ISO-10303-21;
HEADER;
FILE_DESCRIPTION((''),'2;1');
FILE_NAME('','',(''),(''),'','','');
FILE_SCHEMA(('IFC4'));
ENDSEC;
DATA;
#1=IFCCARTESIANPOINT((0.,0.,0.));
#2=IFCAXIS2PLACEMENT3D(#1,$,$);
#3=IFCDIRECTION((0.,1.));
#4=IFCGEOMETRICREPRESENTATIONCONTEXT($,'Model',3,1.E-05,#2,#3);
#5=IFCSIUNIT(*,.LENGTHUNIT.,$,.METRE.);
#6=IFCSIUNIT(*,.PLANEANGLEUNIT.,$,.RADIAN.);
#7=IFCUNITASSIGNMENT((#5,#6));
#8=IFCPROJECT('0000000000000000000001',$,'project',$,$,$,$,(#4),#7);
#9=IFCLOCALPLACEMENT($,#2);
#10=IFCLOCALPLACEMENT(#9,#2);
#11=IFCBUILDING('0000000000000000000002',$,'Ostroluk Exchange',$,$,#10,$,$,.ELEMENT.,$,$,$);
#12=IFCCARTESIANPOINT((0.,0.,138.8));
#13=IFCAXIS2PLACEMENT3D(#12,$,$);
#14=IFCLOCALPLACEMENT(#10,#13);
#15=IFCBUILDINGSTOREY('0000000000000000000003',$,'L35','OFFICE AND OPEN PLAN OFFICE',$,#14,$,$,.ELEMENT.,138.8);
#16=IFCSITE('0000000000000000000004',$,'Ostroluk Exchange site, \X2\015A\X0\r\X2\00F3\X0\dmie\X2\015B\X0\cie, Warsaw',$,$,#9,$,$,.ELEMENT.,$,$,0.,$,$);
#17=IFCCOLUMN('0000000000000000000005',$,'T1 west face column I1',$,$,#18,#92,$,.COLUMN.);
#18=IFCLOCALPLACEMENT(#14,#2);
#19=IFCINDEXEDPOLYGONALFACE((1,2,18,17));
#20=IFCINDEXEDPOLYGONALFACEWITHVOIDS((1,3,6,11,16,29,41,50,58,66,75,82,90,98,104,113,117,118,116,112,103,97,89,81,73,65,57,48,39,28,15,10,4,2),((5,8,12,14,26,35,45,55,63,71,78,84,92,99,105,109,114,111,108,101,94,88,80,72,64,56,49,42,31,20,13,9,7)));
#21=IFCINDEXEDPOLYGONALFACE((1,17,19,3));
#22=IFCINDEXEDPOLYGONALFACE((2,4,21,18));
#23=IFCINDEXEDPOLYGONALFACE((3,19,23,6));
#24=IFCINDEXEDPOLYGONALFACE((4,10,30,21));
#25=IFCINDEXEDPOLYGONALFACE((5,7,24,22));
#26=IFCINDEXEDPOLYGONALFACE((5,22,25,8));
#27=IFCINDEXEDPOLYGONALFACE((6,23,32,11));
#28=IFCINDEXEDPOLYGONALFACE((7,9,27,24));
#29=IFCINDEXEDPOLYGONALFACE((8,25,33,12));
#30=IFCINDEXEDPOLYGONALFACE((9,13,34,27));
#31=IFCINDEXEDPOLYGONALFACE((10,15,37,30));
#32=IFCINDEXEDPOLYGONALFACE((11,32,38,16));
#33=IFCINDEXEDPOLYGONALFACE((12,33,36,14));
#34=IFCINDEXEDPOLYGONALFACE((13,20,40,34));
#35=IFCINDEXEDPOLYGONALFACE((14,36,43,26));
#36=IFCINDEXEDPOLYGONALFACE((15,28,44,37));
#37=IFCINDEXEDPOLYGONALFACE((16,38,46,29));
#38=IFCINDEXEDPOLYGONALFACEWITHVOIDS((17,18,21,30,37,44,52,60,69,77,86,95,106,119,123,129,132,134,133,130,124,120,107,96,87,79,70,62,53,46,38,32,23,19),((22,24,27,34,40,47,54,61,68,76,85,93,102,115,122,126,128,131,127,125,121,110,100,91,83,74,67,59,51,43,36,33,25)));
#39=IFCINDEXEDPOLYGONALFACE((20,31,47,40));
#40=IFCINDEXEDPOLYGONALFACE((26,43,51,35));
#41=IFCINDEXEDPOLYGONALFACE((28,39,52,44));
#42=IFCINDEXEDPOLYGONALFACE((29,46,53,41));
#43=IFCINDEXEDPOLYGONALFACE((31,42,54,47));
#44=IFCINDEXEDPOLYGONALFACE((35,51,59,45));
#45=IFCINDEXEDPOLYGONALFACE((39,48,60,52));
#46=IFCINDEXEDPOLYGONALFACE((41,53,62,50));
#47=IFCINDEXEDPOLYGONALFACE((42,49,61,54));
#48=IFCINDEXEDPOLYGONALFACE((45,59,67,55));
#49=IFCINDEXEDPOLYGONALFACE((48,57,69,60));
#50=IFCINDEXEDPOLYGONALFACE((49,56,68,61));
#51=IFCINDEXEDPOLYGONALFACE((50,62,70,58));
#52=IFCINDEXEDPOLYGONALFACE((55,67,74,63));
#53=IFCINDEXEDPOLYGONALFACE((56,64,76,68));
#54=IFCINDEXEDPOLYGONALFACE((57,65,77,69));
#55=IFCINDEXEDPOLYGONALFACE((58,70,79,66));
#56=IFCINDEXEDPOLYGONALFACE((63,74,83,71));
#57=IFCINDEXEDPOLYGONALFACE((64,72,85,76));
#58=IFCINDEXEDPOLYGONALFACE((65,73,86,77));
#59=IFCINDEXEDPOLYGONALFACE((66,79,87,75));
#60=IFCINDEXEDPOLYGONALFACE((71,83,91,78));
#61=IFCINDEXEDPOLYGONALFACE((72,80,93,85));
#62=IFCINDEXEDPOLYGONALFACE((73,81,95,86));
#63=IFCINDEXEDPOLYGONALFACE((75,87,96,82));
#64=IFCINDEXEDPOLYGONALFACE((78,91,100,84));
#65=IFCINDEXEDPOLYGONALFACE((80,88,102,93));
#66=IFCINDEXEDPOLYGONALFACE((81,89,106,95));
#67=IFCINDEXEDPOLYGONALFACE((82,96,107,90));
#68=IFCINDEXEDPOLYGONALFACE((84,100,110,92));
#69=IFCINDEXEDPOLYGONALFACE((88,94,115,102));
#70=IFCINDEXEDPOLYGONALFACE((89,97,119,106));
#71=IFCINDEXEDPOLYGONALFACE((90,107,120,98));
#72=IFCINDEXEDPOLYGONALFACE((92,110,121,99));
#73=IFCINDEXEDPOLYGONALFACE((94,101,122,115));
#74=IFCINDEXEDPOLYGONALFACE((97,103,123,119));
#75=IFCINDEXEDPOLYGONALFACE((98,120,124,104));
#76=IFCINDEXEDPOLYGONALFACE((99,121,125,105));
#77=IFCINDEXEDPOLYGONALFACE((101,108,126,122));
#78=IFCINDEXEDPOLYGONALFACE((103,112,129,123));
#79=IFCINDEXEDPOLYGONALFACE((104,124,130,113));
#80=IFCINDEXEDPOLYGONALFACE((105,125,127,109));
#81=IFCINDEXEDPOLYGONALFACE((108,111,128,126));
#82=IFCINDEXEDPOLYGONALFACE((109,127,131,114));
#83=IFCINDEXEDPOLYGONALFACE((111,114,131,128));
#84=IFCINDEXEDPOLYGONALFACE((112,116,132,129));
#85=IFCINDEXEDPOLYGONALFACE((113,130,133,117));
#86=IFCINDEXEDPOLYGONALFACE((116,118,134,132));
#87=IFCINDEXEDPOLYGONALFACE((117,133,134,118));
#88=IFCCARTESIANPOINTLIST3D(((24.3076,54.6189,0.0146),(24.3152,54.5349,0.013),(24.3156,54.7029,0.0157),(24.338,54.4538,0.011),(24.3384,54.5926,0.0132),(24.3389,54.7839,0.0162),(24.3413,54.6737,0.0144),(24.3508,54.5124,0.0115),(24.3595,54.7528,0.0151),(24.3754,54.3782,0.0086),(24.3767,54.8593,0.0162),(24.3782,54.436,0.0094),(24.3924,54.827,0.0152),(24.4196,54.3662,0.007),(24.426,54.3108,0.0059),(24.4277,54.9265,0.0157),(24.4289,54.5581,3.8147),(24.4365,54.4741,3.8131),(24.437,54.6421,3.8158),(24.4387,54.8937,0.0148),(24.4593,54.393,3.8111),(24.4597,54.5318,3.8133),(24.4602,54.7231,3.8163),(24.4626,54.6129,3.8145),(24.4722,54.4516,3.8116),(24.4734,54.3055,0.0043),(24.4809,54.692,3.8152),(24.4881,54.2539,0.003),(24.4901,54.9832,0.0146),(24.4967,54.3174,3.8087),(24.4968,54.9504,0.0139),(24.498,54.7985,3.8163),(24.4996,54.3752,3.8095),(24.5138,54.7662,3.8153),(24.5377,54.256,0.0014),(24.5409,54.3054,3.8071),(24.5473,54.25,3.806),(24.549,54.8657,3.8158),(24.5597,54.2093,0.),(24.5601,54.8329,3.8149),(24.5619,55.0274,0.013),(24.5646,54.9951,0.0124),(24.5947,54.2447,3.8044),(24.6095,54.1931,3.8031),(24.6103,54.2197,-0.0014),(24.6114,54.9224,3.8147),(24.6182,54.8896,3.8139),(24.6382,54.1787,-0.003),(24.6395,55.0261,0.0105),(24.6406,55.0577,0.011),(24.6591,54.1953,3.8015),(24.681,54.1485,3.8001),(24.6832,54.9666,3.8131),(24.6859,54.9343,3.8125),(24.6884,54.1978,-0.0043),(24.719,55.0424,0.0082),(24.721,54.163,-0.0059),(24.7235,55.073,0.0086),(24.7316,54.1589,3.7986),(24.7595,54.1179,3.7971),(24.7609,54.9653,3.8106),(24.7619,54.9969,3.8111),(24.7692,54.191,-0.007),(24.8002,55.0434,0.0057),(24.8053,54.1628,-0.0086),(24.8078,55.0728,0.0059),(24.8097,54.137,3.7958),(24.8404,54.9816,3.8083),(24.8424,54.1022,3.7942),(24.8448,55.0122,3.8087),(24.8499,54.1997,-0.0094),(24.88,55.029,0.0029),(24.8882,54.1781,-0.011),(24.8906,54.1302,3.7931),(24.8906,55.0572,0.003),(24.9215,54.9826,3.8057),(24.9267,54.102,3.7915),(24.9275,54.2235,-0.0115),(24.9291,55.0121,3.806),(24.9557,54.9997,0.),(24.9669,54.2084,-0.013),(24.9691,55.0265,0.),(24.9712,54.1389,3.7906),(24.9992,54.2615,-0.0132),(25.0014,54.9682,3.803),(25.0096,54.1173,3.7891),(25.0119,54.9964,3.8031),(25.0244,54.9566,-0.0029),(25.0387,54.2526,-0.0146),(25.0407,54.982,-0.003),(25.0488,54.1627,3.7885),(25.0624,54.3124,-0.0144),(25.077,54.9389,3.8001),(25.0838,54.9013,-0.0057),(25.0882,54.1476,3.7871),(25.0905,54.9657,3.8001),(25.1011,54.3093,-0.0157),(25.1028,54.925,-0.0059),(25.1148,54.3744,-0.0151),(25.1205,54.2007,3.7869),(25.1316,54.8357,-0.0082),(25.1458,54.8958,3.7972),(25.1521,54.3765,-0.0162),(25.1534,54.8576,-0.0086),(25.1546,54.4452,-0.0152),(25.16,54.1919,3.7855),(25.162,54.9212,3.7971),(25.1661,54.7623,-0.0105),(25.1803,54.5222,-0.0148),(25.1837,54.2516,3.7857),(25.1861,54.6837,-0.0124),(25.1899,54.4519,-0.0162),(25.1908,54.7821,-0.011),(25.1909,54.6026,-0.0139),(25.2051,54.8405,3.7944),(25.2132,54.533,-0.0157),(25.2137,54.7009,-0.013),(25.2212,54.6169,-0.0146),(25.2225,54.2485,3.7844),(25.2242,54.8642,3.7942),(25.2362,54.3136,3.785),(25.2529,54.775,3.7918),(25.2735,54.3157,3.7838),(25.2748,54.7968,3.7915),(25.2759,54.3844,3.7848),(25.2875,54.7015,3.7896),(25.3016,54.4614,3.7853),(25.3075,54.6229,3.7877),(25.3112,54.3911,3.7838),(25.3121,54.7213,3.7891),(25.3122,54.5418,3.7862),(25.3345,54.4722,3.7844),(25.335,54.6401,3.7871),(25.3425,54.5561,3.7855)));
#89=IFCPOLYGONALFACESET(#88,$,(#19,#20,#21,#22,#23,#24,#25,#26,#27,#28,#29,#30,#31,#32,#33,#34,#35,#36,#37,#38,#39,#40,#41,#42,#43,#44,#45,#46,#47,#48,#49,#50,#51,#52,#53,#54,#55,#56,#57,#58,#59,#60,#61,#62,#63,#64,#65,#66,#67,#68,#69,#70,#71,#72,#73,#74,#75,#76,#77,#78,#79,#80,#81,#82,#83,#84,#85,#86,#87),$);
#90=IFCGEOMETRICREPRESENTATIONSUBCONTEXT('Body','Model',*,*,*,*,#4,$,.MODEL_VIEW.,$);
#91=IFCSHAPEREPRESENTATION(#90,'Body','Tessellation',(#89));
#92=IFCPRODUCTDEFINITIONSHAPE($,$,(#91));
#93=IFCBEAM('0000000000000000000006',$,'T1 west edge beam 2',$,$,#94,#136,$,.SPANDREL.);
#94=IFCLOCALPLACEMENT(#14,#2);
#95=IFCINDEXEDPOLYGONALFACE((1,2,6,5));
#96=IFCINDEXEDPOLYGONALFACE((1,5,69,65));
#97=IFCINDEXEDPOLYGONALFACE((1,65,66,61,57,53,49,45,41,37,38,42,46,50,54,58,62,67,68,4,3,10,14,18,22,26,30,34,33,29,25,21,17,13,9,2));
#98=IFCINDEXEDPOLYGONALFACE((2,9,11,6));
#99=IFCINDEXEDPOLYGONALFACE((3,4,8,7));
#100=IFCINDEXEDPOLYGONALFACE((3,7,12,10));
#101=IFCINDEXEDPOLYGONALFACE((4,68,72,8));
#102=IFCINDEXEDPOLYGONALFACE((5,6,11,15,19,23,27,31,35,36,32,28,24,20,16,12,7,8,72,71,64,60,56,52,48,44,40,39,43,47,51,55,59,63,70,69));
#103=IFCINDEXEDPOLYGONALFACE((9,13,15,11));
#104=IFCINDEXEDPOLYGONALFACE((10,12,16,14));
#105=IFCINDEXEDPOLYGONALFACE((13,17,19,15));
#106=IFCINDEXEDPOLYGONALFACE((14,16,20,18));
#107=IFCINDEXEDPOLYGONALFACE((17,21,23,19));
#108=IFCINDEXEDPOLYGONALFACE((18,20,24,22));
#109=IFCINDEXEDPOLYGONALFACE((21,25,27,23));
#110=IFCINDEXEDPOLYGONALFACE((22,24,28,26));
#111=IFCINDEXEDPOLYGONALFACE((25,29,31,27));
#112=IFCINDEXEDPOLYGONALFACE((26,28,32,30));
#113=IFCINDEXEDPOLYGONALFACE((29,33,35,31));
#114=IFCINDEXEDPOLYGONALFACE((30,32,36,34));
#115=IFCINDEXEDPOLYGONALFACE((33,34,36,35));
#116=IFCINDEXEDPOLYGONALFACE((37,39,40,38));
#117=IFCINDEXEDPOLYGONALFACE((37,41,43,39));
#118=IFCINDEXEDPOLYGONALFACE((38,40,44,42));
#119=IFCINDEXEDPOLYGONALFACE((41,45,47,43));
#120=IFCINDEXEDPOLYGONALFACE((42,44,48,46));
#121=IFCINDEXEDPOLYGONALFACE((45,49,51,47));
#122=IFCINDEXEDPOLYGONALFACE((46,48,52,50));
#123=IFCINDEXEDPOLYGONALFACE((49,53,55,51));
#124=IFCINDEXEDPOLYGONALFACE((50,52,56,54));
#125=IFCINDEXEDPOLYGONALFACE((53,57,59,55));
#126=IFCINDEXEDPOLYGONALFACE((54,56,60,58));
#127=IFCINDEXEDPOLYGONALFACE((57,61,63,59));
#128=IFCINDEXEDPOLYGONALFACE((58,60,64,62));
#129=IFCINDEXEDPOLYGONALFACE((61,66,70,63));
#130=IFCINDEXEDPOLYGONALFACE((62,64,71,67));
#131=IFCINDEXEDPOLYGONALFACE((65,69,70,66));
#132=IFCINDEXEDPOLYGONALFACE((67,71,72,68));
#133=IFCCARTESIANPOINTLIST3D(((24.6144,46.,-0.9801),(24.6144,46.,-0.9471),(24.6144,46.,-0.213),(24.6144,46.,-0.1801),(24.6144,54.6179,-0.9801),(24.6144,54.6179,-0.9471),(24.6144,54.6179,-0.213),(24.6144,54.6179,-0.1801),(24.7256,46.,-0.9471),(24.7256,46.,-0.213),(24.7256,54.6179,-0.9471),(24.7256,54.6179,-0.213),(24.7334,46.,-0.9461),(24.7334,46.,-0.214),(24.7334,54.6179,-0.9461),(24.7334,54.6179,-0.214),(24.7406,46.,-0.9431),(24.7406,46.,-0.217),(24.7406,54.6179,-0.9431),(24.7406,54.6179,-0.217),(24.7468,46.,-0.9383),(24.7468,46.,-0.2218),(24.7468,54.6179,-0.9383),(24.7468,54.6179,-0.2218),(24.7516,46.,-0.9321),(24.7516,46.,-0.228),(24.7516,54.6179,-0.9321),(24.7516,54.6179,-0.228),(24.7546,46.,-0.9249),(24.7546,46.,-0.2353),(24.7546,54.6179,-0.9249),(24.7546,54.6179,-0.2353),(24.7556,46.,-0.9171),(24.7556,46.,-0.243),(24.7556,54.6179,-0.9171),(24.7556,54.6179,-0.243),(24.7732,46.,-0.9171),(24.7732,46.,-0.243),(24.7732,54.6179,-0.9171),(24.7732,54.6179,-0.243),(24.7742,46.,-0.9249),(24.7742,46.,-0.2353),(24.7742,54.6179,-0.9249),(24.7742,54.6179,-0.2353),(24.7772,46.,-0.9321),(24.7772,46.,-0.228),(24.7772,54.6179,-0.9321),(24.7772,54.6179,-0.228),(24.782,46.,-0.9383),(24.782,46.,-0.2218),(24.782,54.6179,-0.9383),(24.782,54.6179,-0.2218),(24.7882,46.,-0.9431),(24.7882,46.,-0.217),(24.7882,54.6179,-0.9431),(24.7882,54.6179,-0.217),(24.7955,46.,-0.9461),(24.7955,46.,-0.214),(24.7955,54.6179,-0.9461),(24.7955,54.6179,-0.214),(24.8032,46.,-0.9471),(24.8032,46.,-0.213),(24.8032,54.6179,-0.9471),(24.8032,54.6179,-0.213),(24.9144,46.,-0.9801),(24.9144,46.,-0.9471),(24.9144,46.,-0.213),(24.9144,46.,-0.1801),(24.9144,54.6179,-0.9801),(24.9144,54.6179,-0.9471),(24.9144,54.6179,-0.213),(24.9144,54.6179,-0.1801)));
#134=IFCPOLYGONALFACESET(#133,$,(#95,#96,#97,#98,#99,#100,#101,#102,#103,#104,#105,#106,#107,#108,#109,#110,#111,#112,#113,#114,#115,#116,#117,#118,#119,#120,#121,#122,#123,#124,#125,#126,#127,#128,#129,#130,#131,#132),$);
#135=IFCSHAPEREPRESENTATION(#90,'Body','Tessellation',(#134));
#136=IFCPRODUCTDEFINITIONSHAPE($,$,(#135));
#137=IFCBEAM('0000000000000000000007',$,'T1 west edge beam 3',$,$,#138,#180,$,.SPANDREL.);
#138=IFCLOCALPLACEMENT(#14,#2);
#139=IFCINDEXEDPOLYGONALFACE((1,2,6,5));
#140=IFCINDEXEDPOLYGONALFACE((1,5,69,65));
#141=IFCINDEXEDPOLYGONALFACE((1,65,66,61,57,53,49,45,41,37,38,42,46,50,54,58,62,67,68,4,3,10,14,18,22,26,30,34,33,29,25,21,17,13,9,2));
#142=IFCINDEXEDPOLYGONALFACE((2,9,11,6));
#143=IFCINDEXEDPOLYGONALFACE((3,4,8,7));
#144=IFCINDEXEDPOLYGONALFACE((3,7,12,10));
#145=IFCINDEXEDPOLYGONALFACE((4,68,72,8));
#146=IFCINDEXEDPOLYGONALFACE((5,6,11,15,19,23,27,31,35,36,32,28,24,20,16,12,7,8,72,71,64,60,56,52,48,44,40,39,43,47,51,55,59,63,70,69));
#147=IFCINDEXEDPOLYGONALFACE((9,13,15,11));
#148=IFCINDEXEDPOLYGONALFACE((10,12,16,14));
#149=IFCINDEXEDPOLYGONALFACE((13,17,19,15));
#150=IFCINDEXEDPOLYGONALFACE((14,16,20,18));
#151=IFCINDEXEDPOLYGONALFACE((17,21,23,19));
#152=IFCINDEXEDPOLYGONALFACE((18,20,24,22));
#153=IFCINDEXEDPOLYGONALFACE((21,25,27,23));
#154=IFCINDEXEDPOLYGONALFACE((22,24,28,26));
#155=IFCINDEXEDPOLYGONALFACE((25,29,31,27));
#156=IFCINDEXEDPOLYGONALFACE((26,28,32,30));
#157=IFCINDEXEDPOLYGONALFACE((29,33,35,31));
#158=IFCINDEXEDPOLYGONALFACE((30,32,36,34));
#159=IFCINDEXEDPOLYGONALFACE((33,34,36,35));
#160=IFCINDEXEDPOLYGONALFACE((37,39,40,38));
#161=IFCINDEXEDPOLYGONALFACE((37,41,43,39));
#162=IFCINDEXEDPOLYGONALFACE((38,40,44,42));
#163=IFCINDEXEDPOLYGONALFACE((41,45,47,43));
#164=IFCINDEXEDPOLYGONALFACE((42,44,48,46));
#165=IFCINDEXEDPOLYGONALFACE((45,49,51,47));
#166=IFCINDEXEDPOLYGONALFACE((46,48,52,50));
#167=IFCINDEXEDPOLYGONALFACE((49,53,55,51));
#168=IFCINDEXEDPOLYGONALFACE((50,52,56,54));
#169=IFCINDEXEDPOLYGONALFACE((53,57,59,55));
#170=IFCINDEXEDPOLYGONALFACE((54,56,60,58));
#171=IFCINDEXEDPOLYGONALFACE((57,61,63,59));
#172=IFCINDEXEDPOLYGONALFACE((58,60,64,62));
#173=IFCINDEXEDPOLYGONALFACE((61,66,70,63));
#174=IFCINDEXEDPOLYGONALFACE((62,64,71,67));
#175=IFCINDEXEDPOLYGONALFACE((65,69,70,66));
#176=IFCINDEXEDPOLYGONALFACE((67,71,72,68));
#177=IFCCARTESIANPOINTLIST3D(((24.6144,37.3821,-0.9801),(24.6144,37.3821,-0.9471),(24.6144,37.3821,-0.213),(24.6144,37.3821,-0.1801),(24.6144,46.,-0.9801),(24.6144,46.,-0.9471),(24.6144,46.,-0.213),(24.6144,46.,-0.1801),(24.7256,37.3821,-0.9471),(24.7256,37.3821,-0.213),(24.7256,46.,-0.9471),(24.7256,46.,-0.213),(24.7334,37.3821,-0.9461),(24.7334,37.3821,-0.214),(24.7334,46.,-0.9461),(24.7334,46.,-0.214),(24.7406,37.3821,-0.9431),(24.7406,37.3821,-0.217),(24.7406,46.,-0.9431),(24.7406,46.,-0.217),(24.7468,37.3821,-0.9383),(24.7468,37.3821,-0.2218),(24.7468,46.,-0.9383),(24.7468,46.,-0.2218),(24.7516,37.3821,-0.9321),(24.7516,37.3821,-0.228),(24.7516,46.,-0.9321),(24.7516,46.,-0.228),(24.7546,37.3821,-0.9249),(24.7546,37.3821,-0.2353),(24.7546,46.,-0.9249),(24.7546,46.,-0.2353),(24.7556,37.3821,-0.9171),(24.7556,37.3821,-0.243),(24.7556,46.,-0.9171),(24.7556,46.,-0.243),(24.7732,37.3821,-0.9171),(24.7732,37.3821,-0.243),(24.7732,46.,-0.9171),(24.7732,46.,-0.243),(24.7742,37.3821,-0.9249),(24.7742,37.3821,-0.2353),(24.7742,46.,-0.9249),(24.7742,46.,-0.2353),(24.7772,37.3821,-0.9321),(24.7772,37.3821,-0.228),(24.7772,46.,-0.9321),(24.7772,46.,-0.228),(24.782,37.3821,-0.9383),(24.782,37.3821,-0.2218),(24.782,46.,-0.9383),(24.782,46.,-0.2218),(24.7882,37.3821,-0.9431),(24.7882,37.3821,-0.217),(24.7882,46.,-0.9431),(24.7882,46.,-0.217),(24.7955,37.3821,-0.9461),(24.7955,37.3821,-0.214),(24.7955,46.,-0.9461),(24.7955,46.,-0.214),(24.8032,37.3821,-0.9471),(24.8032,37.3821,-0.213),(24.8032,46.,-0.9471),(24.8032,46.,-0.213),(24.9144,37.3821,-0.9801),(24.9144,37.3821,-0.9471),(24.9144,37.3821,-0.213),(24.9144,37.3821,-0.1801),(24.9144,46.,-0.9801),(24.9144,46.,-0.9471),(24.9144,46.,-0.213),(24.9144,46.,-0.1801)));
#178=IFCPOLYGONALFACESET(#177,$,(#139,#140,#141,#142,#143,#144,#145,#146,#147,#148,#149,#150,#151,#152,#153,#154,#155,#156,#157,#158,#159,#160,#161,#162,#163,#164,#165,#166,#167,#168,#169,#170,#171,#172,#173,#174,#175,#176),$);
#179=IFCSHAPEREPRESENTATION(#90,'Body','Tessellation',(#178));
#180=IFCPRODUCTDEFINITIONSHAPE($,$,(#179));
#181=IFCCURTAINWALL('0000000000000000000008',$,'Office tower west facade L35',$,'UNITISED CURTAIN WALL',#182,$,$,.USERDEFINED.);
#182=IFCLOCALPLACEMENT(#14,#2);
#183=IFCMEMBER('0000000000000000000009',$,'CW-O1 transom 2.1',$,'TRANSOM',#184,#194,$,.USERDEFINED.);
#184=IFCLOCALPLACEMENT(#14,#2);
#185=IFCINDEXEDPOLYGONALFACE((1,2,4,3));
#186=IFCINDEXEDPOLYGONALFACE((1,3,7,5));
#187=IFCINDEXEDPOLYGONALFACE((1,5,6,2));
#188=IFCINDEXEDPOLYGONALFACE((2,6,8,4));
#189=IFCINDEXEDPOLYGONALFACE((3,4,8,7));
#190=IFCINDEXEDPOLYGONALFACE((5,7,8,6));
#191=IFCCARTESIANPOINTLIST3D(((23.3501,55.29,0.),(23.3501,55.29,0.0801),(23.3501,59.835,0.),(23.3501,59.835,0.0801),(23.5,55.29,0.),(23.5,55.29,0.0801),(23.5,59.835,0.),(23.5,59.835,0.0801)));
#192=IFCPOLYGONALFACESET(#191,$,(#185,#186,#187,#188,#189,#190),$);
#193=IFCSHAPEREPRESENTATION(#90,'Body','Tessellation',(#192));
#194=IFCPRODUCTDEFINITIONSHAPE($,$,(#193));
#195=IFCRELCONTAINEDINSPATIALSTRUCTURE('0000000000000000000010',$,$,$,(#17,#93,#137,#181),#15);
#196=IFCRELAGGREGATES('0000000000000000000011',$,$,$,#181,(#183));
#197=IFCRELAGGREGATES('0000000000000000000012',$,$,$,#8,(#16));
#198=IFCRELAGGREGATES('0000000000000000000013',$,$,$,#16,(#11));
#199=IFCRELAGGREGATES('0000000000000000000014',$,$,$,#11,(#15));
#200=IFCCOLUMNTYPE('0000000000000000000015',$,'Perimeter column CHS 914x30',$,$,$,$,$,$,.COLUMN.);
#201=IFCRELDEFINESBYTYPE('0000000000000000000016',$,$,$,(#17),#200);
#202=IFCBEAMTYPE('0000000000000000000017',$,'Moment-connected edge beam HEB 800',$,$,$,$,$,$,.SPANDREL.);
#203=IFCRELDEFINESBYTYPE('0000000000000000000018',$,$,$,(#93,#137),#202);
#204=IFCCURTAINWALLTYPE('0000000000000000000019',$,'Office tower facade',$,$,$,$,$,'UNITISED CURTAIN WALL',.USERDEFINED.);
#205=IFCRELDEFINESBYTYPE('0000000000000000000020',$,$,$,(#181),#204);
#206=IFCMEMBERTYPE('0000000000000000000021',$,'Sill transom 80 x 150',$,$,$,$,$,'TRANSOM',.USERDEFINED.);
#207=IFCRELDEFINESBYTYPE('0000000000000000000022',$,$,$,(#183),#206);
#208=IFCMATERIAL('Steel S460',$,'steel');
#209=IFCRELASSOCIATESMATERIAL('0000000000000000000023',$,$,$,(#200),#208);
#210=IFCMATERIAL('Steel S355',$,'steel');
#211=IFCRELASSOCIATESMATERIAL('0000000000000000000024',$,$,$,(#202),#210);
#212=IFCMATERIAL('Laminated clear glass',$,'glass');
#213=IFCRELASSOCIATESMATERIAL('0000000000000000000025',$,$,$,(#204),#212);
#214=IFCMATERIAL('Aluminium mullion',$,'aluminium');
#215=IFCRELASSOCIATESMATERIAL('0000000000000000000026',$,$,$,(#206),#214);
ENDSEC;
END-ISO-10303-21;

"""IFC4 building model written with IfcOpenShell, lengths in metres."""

from ifc_helpers import new_model, si_unit, direction, frame, origin, origin_2d, place, context, subcontext, project, spatial, rectangle, hollow_circle, i_section, extrude, material, material_profile, profile_set, type_object, element, aggregate, save


model = new_model("IFC4")

# Units and contexts
model_context = context("Model", 3, precision=1e-05, world=origin(), true_north=direction((0.0, 1.0)))
body_context = subcontext(model_context, "Body", "Model", "MODEL_VIEW")
ifc_project = project(units=[si_unit("LENGTHUNIT", "METRE"), si_unit("PLANEANGLEUNIT", "RADIAN")], contexts=[model_context])

# Site, building, storey
site_placement = place(None, origin())
site = spatial("IfcSite", under=ifc_project, at=site_placement, Name="Ostroluk Exchange site, Śródmieście, Warsaw", CompositionType="ELEMENT", RefElevation=0.0)
building_placement = place(site_placement, origin())
building = spatial("IfcBuilding", under=site, at=building_placement, Name="Ostroluk Exchange", CompositionType="ELEMENT")
storey_placement = place(building_placement, frame((0.0, 0.0, 138.8)))
storey = spatial("IfcBuildingStorey", under=building, at=storey_placement, Name="L35", Description="OFFICE AND OPEN PLAN OFFICE", CompositionType="ELEMENT", Elevation=138.8)

# Column
ifc_material_1 = material(Name="Steel S460", Category="steel")
ifc_material_profile_1 = material_profile(ifc_material_1, hollow_circle(Radius=0.457, WallThickness=0.03, at=origin_2d()), Name="CHS 914x30")
ifc_profile_set_1 = profile_set([ifc_material_profile_1], Name="Steel S460")
column_type = type_object("IfcColumnType", Name="Perimeter column CHS 914x30", PredefinedType="COLUMN", material=ifc_profile_set_1)
column_placement = place(storey_placement, frame((24.7644, 54.6179, 0.0), z_axis=(0.03191, -0.015987, 0.999363), x_axis=(0.447933, 0.894067, 0.0)))
element("IfcColumn", 1, at=column_placement, inside=storey, type_object=column_type, Name="T1 west face column I1", PredefinedType="COLUMN", context=body_context, shape_type="SweptSolid", body=[
    extrude(hollow_circle(Radius=0.457, WallThickness=0.03, at=origin_2d()), origin(), (0.0, 0.0, 1.0), 3.8025),
])

# Beams
ifc_material_2 = material(Name="Steel S355", Category="steel")
ifc_material_profile_2 = material_profile(ifc_material_2, i_section(OverallWidth=0.3, OverallDepth=0.8, WebThickness=0.0176, FlangeThickness=0.033, FilletRadius=0.03, at=origin_2d()), Name="HEB 800")
ifc_profile_set_2 = profile_set([ifc_material_profile_2], Name="Steel S355")
beam_type = type_object("IfcBeamType", Name="Moment-connected edge beam HEB 800", PredefinedType="SPANDREL", material=ifc_profile_set_2)
for number, where, z_axis, x_axis, name in (
    (2, (24.7644, 54.6179, -0.5801), (0.0, -1.0, 0.0), (1.0, 0.0, 0.0), "T1 west edge beam 2"),
    (3, (24.7644, 46.0, -0.5801), (0.0, -1.0, 0.0), (1.0, 0.0, 0.0), "T1 west edge beam 3"),
):
    element("IfcBeam", number, at=place(storey_placement, frame(where, z_axis=z_axis, x_axis=x_axis)), inside=storey, type_object=beam_type, Name=name, PredefinedType="SPANDREL", context=body_context, shape_type="SweptSolid", body=[
        extrude(i_section(OverallWidth=0.3, OverallDepth=0.8, WebThickness=0.0176, FlangeThickness=0.033, FilletRadius=0.03, at=origin_2d()), origin(), (0.0, 0.0, 1.0), 8.6179),
    ])

# Curtain wall, member
ifc_material_3 = material(Name="Laminated clear glass", Category="glass")
curtain_wall_type = type_object("IfcCurtainWallType", Name="Office tower facade", ElementType="UNITISED CURTAIN WALL", PredefinedType="USERDEFINED", material=ifc_material_3)
curtain_wall_placement = place(storey_placement, origin())
curtain_wall = element("IfcCurtainWall", 4, at=curtain_wall_placement, inside=storey, type_object=curtain_wall_type, Name="Office tower west facade L35", ObjectType="UNITISED CURTAIN WALL", PredefinedType="USERDEFINED")
ifc_material_4 = material(Name="Aluminium mullion", Category="aluminium")
ifc_material_profile_3 = material_profile(ifc_material_4, rectangle(XDim=0.1499, YDim=0.0801, at=origin_2d()), Name="Sill transom 80 x 150")
ifc_profile_set_3 = profile_set([ifc_material_profile_3], Name="Aluminium mullion")
member_type_1 = type_object("IfcMemberType", Name="Sill transom 80 x 150", ElementType="TRANSOM", PredefinedType="USERDEFINED", material=ifc_profile_set_3)
member_1_placement = place(storey_placement, frame((23.425, 59.835, 0.04), z_axis=(0.0, -1.0, 0.0), x_axis=(1.0, 0.0, 0.0)))
member_1 = element("IfcMember", 5, at=member_1_placement, type_object=member_type_1, Name="CW-O1 transom 2.1", ObjectType="TRANSOM", PredefinedType="USERDEFINED", context=body_context, shape_type="SweptSolid", body=[
    extrude(rectangle(XDim=0.1499, YDim=0.0801, at=origin_2d()), origin(), (0.0, 0.0, 1.0), 4.5449),
])
aggregate(curtain_wall, [member_1])

save(model, "model.ifc")
